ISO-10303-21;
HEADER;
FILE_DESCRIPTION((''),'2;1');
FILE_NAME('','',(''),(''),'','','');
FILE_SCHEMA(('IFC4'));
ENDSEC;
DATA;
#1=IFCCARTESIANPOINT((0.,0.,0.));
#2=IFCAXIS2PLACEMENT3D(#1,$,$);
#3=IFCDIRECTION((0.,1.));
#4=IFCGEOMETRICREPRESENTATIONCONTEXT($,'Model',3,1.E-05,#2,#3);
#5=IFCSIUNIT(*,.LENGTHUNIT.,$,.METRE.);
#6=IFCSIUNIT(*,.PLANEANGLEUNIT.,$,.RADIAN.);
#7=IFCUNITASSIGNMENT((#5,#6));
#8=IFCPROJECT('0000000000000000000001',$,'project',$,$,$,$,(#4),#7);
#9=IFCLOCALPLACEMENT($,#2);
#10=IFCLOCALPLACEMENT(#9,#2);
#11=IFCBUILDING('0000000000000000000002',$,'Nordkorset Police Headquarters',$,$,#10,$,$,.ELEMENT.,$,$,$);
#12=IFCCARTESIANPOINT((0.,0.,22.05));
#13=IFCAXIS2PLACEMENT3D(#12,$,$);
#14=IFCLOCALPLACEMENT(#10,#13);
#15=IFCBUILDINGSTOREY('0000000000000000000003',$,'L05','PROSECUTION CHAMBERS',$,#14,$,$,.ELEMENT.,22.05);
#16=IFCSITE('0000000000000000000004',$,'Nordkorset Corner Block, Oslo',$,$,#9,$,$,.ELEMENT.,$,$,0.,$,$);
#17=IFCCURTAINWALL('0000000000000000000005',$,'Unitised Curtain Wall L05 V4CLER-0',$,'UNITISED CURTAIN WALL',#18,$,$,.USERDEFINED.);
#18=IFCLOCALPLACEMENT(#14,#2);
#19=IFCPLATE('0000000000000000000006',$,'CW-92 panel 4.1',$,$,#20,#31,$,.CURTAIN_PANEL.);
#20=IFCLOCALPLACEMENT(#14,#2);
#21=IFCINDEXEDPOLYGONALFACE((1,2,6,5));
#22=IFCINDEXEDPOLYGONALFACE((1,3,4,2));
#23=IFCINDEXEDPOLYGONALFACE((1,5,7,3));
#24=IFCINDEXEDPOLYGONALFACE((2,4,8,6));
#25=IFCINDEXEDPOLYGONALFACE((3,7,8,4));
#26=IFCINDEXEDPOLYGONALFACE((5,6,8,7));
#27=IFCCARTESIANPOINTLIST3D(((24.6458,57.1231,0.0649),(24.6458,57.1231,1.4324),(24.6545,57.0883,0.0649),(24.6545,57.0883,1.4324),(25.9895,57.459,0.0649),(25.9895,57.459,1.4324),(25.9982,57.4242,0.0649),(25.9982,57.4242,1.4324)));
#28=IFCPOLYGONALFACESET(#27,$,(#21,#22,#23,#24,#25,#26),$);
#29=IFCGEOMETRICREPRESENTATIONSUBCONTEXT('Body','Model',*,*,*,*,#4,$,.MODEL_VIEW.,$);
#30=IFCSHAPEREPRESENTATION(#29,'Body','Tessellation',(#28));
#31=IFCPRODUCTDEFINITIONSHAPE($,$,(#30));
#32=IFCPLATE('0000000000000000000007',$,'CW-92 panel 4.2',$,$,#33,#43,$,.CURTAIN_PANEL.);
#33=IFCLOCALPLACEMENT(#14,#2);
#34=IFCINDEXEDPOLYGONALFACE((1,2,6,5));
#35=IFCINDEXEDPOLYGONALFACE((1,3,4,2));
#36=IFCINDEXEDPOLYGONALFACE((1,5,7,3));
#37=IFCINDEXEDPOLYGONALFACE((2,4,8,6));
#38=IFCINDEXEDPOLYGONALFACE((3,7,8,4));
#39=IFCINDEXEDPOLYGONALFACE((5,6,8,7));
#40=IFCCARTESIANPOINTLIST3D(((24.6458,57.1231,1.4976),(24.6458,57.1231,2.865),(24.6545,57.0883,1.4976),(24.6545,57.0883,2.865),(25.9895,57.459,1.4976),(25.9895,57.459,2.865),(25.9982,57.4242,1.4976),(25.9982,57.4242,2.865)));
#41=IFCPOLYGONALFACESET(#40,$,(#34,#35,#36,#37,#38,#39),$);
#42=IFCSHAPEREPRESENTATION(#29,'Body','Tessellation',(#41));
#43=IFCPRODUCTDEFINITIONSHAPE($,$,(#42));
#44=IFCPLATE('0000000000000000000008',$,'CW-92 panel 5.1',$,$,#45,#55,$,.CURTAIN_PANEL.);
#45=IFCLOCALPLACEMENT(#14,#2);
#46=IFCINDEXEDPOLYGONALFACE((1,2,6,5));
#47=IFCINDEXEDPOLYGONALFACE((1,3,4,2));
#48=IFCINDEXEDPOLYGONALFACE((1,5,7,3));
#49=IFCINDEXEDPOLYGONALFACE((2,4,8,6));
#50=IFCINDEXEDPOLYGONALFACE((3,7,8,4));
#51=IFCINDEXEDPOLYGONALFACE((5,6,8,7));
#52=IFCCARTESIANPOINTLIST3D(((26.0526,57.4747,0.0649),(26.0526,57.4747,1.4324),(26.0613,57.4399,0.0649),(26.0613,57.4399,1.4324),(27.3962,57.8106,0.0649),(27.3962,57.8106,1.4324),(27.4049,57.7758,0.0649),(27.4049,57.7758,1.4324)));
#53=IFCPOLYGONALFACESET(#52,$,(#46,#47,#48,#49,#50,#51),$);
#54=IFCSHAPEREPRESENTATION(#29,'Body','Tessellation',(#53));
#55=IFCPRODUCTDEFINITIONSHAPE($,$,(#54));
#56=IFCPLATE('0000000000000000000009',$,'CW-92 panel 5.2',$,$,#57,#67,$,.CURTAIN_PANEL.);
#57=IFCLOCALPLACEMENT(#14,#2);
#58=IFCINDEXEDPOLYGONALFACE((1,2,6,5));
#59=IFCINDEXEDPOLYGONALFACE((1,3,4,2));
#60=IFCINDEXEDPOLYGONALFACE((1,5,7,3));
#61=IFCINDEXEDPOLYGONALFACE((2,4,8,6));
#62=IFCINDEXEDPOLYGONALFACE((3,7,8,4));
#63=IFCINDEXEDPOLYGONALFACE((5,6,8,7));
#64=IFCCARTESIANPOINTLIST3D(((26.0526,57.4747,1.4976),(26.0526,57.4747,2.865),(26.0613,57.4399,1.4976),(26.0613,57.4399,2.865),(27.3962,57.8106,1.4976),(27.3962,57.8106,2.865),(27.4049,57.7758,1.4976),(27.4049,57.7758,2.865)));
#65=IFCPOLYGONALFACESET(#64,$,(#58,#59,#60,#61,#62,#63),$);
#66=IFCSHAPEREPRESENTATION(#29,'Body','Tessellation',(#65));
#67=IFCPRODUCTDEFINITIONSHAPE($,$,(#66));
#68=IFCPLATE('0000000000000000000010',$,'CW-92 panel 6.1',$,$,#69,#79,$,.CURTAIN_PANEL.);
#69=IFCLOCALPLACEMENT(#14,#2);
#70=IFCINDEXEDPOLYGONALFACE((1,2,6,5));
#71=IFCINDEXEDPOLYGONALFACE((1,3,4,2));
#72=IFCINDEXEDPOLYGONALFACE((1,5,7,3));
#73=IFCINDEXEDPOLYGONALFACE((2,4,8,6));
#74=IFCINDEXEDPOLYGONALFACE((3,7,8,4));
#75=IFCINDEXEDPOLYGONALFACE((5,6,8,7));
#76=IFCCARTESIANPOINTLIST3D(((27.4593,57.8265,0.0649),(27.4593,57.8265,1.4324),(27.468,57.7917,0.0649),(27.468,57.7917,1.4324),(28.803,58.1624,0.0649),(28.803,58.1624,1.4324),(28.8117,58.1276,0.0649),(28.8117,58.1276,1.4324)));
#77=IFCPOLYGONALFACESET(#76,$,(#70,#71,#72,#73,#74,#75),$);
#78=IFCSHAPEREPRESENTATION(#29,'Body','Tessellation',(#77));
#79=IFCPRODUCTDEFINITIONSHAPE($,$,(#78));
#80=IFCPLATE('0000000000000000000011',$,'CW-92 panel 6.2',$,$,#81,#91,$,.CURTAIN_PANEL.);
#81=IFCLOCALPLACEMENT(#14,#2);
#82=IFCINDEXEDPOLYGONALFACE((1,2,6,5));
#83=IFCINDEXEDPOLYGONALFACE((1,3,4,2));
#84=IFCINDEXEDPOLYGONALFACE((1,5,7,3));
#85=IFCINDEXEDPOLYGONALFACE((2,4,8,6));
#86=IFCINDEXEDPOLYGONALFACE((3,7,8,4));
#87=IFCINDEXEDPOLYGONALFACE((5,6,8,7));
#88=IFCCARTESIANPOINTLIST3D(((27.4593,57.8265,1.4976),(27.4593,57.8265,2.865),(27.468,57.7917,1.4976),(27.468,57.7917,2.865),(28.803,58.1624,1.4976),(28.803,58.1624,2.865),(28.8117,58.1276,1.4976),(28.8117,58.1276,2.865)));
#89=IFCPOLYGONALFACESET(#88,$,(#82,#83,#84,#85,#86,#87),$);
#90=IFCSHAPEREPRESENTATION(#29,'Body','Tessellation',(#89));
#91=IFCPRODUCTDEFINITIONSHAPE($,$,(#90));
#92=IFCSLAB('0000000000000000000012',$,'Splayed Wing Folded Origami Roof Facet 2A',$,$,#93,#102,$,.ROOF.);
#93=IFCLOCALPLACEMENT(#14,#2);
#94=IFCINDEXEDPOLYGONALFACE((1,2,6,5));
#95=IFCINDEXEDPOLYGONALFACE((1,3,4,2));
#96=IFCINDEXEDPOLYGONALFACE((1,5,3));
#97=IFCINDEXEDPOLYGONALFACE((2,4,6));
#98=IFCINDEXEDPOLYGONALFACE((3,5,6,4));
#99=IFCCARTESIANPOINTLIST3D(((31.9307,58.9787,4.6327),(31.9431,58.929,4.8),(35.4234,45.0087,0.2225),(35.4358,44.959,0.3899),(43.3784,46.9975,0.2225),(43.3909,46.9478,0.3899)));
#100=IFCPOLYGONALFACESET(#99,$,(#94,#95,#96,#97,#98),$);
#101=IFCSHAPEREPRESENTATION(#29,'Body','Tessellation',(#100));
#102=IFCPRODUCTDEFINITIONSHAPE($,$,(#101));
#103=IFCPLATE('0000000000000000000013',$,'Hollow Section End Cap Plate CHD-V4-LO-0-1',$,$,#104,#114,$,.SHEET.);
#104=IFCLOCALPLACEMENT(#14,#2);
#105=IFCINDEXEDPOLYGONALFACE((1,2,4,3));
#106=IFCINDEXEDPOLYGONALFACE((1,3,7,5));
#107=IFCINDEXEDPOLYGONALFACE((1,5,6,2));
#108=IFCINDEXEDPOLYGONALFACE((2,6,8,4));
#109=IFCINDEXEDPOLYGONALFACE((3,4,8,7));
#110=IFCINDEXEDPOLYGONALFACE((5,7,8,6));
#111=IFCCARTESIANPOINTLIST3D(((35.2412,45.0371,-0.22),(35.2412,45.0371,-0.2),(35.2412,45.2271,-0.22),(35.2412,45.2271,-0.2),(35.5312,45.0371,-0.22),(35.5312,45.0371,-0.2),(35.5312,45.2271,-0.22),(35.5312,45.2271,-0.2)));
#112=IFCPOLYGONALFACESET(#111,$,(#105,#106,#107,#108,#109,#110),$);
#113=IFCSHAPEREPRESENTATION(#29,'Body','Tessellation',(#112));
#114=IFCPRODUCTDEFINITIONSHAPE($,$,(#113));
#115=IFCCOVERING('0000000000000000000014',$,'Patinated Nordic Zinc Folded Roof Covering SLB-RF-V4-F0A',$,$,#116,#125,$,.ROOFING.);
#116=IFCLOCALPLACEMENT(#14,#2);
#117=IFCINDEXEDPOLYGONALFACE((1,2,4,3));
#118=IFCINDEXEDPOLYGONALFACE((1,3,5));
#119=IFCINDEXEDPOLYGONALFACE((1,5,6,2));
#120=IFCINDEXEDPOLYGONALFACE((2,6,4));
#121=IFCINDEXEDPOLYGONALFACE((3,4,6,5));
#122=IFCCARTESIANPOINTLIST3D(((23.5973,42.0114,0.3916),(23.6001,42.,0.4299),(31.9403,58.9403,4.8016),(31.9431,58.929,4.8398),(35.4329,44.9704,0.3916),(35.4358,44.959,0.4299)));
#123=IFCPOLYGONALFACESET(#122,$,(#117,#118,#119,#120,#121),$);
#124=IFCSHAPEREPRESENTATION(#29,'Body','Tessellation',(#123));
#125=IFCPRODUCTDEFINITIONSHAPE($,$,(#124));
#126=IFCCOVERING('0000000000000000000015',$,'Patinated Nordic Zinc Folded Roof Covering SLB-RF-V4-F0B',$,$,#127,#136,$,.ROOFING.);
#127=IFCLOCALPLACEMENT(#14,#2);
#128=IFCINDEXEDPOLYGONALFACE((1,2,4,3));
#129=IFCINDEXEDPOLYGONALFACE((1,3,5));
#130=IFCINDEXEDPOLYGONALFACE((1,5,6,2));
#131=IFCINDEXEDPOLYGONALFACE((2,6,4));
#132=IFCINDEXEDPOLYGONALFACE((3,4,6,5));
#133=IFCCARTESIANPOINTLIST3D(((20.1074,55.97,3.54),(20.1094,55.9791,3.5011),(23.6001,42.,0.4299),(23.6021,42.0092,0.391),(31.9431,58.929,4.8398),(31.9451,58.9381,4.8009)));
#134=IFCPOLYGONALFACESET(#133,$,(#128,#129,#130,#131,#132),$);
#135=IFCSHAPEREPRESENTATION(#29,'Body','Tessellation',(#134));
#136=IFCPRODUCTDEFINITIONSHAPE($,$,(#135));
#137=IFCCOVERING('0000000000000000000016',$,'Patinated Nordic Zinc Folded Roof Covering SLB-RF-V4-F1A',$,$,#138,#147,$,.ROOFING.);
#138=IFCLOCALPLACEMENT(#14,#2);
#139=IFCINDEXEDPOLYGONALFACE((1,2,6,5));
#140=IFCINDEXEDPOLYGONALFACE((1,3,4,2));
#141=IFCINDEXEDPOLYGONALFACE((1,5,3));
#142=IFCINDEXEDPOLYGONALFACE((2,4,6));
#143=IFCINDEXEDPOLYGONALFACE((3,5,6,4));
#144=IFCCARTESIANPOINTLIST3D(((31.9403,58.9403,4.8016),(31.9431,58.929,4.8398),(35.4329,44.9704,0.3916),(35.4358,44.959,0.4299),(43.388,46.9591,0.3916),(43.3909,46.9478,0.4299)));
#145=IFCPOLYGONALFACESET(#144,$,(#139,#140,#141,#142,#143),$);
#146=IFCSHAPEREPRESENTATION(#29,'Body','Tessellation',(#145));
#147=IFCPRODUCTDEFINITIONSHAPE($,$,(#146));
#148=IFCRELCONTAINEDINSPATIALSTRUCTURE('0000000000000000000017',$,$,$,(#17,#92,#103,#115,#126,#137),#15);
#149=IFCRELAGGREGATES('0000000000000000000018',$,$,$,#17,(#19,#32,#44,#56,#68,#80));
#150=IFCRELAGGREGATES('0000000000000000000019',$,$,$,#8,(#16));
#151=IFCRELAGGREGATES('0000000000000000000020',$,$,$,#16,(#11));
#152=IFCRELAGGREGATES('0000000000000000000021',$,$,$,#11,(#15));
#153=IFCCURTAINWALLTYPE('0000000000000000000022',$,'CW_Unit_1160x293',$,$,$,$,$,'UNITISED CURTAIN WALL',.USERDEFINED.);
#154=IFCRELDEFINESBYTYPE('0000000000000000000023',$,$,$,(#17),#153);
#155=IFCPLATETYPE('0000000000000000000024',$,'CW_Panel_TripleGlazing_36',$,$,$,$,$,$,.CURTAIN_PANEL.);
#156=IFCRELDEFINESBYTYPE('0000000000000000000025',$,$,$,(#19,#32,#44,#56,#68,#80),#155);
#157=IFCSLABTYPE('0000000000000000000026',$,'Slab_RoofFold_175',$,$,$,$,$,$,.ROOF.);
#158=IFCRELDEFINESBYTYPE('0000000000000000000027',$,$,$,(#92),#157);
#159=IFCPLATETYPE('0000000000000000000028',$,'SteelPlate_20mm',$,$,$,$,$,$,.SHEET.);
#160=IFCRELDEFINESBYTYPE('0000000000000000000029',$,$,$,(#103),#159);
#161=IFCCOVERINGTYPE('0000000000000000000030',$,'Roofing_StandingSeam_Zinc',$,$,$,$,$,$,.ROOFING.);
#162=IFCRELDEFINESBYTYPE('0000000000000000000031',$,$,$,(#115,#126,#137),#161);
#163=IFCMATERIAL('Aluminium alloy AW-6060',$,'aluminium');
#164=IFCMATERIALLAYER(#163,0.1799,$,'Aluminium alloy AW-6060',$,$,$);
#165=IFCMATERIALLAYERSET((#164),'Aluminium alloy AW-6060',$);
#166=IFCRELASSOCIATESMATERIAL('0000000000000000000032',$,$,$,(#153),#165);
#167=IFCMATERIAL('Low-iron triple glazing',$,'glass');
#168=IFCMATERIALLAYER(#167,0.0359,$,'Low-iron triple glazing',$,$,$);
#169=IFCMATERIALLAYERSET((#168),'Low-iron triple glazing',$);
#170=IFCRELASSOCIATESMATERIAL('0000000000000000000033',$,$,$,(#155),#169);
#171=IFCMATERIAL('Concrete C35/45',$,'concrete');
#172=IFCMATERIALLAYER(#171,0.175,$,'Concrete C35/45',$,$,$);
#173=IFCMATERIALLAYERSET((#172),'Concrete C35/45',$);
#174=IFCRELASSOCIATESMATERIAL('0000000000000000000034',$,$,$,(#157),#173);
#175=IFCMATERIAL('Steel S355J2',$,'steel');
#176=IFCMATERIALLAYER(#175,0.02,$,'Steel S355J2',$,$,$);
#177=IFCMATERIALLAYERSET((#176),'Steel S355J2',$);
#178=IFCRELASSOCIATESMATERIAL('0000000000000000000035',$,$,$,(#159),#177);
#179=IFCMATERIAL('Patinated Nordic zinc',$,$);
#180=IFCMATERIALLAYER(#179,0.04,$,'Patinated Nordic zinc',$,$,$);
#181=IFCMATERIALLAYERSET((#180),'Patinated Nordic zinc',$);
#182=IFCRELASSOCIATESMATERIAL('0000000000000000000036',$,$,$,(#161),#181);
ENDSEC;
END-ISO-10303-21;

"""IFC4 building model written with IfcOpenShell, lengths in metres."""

from ifc_helpers import new_model, si_unit, direction, frame, origin, origin_2d, place, context, subcontext, project, spatial, polyline, rectangle, outline, extrude, material, layer, layer_set, type_object, element, aggregate, save


model = new_model("IFC4")

# Units and contexts
model_context = context("Model", 3, precision=1e-05, world=origin(), true_north=direction((0.0, 1.0)))
body_context = subcontext(model_context, "Body", "Model", "MODEL_VIEW")
ifc_project = project(units=[si_unit("LENGTHUNIT", "METRE"), si_unit("PLANEANGLEUNIT", "RADIAN")], contexts=[model_context])

# Site, building, storey
site_placement = place(None, origin())
site = spatial("IfcSite", under=ifc_project, at=site_placement, Name="Nordkorset Corner Block, Oslo", CompositionType="ELEMENT", RefElevation=0.0)
building_placement = place(site_placement, origin())
building = spatial("IfcBuilding", under=site, at=building_placement, Name="Nordkorset Police Headquarters", CompositionType="ELEMENT")
storey_placement = place(building_placement, frame((0.0, 0.0, 22.05)))
storey = spatial("IfcBuildingStorey", under=building, at=storey_placement, Name="L05", Description="PROSECUTION CHAMBERS", CompositionType="ELEMENT", Elevation=22.05)

# Curtain wall
ifc_material_1 = material(Name="Aluminium alloy AW-6060", Category="aluminium")
ifc_layer_1 = layer(ifc_material_1, 0.1799, Name="Aluminium alloy AW-6060")
ifc_layer_set_1 = layer_set([ifc_layer_1], Name="Aluminium alloy AW-6060")
curtain_wall_type = type_object("IfcCurtainWallType", Name="CW_Unit_1160x293", ElementType="UNITISED CURTAIN WALL", PredefinedType="USERDEFINED", material=ifc_layer_set_1)
curtain_wall_placement = place(storey_placement, origin())
curtain_wall = element("IfcCurtainWall", 1, at=curtain_wall_placement, inside=storey, type_object=curtain_wall_type, Name="Unitised Curtain Wall L05 V4CLER-0", ObjectType="UNITISED CURTAIN WALL", PredefinedType="USERDEFINED")

# Plates
ifc_material_2 = material(Name="Low-iron triple glazing", Category="glass")
ifc_layer_2 = layer(ifc_material_2, 0.0359, Name="Low-iron triple glazing")
ifc_layer_set_2 = layer_set([ifc_layer_2], Name="Low-iron triple glazing")
plate_type_1 = type_object("IfcPlateType", Name="CW_Panel_TripleGlazing_36", PredefinedType="CURTAIN_PANEL", material=ifc_layer_set_2)
plate_1_placement = place(storey_placement, frame((25.322, 57.2737, 0.0649), z_axis=(0.0, 0.0, 1.0), x_axis=(0.970142, 0.242536, 0.0)))
plate_1 = element("IfcPlate", 2, at=plate_1_placement, type_object=plate_type_1, Name="CW-92 panel 4.1", PredefinedType="CURTAIN_PANEL", context=body_context, shape_type="SweptSolid", body=[
    extrude(rectangle(XDim=1.385, YDim=0.0359, at=origin_2d()), origin(), (0.0, 0.0, 1.0), 1.3674),
])
plate_2_placement = place(storey_placement, frame((25.322, 57.2737, 1.4976), z_axis=(0.0, 0.0, 1.0), x_axis=(0.970142, 0.242536, 0.0)))
plate_2 = element("IfcPlate", 3, at=plate_2_placement, type_object=plate_type_1, Name="CW-92 panel 4.2", PredefinedType="CURTAIN_PANEL", context=body_context, shape_type="SweptSolid", body=[
    extrude(rectangle(XDim=1.385, YDim=0.0359, at=origin_2d()), origin(), (0.0, 0.0, 1.0), 1.3674),
])
plate_3_placement = place(storey_placement, frame((26.7288, 57.6252, 0.0649), z_axis=(0.0, 0.0, 1.0), x_axis=(0.970142, 0.242536, 0.0)))
plate_3 = element("IfcPlate", 4, at=plate_3_placement, type_object=plate_type_1, Name="CW-92 panel 5.1", PredefinedType="CURTAIN_PANEL", context=body_context, shape_type="SweptSolid", body=[
    extrude(rectangle(XDim=1.385, YDim=0.0359, at=origin_2d()), origin(), (0.0, 0.0, 1.0), 1.3674),
])
plate_4_placement = place(storey_placement, frame((26.7288, 57.6252, 1.4976), z_axis=(0.0, 0.0, 1.0), x_axis=(0.970142, 0.242536, 0.0)))
plate_4 = element("IfcPlate", 5, at=plate_4_placement, type_object=plate_type_1, Name="CW-92 panel 5.2", PredefinedType="CURTAIN_PANEL", context=body_context, shape_type="SweptSolid", body=[
    extrude(rectangle(XDim=1.385, YDim=0.0359, at=origin_2d()), origin(), (0.0, 0.0, 1.0), 1.3674),
])
plate_5_placement = place(storey_placement, frame((28.1355, 57.9771, 0.0649), z_axis=(0.0, 0.0, 1.0), x_axis=(0.970142, 0.242536, 0.0)))
plate_5 = element("IfcPlate", 6, at=plate_5_placement, type_object=plate_type_1, Name="CW-92 panel 6.1", PredefinedType="CURTAIN_PANEL", context=body_context, shape_type="SweptSolid", body=[
    extrude(rectangle(XDim=1.385, YDim=0.0359, at=origin_2d()), origin(), (0.0, 0.0, 1.0), 1.3674),
])
plate_6_placement = place(storey_placement, frame((28.1355, 57.9771, 1.4976), z_axis=(0.0, 0.0, 1.0), x_axis=(0.970142, 0.242536, 0.0)))
plate_6 = element("IfcPlate", 7, at=plate_6_placement, type_object=plate_type_1, Name="CW-92 panel 6.2", PredefinedType="CURTAIN_PANEL", context=body_context, shape_type="SweptSolid", body=[
    extrude(rectangle(XDim=1.385, YDim=0.0359, at=origin_2d()), origin(), (0.0, 0.0, 1.0), 1.3674),
])
aggregate(curtain_wall, [plate_1, plate_2, plate_3, plate_4, plate_5, plate_6])

# Slab
ifc_material_3 = material(Name="Concrete C35/45", Category="concrete")
ifc_layer_3 = layer(ifc_material_3, 0.175, Name="Concrete C35/45")
ifc_layer_set_3 = layer_set([ifc_layer_3], Name="Concrete C35/45")
slab_type = type_object("IfcSlabType", Name="Slab_RoofFold_175", PredefinedType="ROOF", material=ifc_layer_set_3)
slab_placement = place(storey_placement, frame((35.4358, 44.959, 0.3899), z_axis=(0.071023, -0.284093, 0.956163), x_axis=(0.970143, 0.242536, 0.0)))
element("IfcSlab", 8, at=slab_placement, inside=storey, type_object=slab_type, Name="Splayed Wing Folded Origami Roof Facet 2A", PredefinedType="ROOF", context=body_context, shape_type="SweptSolid", body=[
    extrude(outline(polyline([(0.0, 0.0), (8.1999, 0.0), (-0.0002, 15.0602), (0.0, 0.0)])), origin(), (0.0, 0.0, -1.0), 0.175),
])

# Plate
ifc_material_4 = material(Name="Steel S355J2", Category="steel")
ifc_layer_4 = layer(ifc_material_4, 0.02, Name="Steel S355J2")
ifc_layer_set_4 = layer_set([ifc_layer_4], Name="Steel S355J2")
plate_type_2 = type_object("IfcPlateType", Name="SteelPlate_20mm", PredefinedType="SHEET", material=ifc_layer_set_4)
plate_7_placement = place(storey_placement, frame((35.3862, 45.1321, -0.22), z_axis=(0.0, 0.0, 1.0), x_axis=(1.0, 0.0, 0.0)))
element("IfcPlate", 9, at=plate_7_placement, inside=storey, type_object=plate_type_2, Name="Hollow Section End Cap Plate CHD-V4-LO-0-1", PredefinedType="SHEET", context=body_context, shape_type="SweptSolid", body=[
    extrude(rectangle(XDim=0.29, YDim=0.1899, at=origin_2d()), origin(), (0.0, 0.0, 1.0), 0.02),
])

# Coverings
ifc_material_5 = material(Name="Patinated Nordic zinc")
ifc_layer_5 = layer(ifc_material_5, 0.04, Name="Patinated Nordic zinc")
ifc_layer_set_5 = layer_set([ifc_layer_5], Name="Patinated Nordic zinc")
covering_type = type_object("IfcCoveringType", Name="Roofing_StandingSeam_Zinc", PredefinedType="ROOFING", material=ifc_layer_set_5)
covering_1_placement = place(storey_placement, frame((23.6001, 42.0, 0.4299), z_axis=(0.071021, -0.284078, 0.956167), x_axis=(0.970141, 0.24254, 0.0)))
element("IfcCovering", 10, at=covering_1_placement, inside=storey, type_object=covering_type, Name="Patinated Nordic Zinc Folded Roof Covering SLB-RF-V4-F0A", PredefinedType="ROOFING", context=body_context, shape_type="SweptSolid", body=[
    extrude(outline(polyline([(0.0, 0.0), (12.2, 0.0), (12.1999, 15.0601), (0.0, 0.0)])), origin(), (0.0, 0.0, -1.0), 0.04),
])
covering_2_placement = place(storey_placement, frame((23.6001, 42.0, 0.4299), z_axis=(-0.049559, -0.22883, 0.972204), x_axis=(0.430463, 0.873459, 0.227532)))
element("IfcCovering", 11, at=covering_2_placement, inside=storey, type_object=covering_type, Name="Patinated Nordic Zinc Folded Roof Covering SLB-RF-V4-F0B", PredefinedType="ROOFING", context=body_context, shape_type="SweptSolid", body=[
    extrude(outline(polyline([(0.0, 0.0), (19.3815, 0.0), (11.4064, 9.3234), (0.0, 0.0)])), origin(), (0.0, 0.0, -1.0), 0.04),
])
covering_3_placement = place(storey_placement, frame((35.4358, 44.959, 0.4299), z_axis=(0.07102, -0.284078, 0.956167), x_axis=(0.970143, 0.242536, 0.0)))
element("IfcCovering", 12, at=covering_3_placement, inside=storey, type_object=covering_type, Name="Patinated Nordic Zinc Folded Roof Covering SLB-RF-V4-F1A", PredefinedType="ROOFING", context=body_context, shape_type="SweptSolid", body=[
    extrude(outline(polyline([(0.0, 0.0), (8.1999, 0.0), (-0.0002, 15.0601), (0.0, 0.0)])), origin(), (0.0, 0.0, -1.0), 0.04),
])

save(model, "model.ifc")
